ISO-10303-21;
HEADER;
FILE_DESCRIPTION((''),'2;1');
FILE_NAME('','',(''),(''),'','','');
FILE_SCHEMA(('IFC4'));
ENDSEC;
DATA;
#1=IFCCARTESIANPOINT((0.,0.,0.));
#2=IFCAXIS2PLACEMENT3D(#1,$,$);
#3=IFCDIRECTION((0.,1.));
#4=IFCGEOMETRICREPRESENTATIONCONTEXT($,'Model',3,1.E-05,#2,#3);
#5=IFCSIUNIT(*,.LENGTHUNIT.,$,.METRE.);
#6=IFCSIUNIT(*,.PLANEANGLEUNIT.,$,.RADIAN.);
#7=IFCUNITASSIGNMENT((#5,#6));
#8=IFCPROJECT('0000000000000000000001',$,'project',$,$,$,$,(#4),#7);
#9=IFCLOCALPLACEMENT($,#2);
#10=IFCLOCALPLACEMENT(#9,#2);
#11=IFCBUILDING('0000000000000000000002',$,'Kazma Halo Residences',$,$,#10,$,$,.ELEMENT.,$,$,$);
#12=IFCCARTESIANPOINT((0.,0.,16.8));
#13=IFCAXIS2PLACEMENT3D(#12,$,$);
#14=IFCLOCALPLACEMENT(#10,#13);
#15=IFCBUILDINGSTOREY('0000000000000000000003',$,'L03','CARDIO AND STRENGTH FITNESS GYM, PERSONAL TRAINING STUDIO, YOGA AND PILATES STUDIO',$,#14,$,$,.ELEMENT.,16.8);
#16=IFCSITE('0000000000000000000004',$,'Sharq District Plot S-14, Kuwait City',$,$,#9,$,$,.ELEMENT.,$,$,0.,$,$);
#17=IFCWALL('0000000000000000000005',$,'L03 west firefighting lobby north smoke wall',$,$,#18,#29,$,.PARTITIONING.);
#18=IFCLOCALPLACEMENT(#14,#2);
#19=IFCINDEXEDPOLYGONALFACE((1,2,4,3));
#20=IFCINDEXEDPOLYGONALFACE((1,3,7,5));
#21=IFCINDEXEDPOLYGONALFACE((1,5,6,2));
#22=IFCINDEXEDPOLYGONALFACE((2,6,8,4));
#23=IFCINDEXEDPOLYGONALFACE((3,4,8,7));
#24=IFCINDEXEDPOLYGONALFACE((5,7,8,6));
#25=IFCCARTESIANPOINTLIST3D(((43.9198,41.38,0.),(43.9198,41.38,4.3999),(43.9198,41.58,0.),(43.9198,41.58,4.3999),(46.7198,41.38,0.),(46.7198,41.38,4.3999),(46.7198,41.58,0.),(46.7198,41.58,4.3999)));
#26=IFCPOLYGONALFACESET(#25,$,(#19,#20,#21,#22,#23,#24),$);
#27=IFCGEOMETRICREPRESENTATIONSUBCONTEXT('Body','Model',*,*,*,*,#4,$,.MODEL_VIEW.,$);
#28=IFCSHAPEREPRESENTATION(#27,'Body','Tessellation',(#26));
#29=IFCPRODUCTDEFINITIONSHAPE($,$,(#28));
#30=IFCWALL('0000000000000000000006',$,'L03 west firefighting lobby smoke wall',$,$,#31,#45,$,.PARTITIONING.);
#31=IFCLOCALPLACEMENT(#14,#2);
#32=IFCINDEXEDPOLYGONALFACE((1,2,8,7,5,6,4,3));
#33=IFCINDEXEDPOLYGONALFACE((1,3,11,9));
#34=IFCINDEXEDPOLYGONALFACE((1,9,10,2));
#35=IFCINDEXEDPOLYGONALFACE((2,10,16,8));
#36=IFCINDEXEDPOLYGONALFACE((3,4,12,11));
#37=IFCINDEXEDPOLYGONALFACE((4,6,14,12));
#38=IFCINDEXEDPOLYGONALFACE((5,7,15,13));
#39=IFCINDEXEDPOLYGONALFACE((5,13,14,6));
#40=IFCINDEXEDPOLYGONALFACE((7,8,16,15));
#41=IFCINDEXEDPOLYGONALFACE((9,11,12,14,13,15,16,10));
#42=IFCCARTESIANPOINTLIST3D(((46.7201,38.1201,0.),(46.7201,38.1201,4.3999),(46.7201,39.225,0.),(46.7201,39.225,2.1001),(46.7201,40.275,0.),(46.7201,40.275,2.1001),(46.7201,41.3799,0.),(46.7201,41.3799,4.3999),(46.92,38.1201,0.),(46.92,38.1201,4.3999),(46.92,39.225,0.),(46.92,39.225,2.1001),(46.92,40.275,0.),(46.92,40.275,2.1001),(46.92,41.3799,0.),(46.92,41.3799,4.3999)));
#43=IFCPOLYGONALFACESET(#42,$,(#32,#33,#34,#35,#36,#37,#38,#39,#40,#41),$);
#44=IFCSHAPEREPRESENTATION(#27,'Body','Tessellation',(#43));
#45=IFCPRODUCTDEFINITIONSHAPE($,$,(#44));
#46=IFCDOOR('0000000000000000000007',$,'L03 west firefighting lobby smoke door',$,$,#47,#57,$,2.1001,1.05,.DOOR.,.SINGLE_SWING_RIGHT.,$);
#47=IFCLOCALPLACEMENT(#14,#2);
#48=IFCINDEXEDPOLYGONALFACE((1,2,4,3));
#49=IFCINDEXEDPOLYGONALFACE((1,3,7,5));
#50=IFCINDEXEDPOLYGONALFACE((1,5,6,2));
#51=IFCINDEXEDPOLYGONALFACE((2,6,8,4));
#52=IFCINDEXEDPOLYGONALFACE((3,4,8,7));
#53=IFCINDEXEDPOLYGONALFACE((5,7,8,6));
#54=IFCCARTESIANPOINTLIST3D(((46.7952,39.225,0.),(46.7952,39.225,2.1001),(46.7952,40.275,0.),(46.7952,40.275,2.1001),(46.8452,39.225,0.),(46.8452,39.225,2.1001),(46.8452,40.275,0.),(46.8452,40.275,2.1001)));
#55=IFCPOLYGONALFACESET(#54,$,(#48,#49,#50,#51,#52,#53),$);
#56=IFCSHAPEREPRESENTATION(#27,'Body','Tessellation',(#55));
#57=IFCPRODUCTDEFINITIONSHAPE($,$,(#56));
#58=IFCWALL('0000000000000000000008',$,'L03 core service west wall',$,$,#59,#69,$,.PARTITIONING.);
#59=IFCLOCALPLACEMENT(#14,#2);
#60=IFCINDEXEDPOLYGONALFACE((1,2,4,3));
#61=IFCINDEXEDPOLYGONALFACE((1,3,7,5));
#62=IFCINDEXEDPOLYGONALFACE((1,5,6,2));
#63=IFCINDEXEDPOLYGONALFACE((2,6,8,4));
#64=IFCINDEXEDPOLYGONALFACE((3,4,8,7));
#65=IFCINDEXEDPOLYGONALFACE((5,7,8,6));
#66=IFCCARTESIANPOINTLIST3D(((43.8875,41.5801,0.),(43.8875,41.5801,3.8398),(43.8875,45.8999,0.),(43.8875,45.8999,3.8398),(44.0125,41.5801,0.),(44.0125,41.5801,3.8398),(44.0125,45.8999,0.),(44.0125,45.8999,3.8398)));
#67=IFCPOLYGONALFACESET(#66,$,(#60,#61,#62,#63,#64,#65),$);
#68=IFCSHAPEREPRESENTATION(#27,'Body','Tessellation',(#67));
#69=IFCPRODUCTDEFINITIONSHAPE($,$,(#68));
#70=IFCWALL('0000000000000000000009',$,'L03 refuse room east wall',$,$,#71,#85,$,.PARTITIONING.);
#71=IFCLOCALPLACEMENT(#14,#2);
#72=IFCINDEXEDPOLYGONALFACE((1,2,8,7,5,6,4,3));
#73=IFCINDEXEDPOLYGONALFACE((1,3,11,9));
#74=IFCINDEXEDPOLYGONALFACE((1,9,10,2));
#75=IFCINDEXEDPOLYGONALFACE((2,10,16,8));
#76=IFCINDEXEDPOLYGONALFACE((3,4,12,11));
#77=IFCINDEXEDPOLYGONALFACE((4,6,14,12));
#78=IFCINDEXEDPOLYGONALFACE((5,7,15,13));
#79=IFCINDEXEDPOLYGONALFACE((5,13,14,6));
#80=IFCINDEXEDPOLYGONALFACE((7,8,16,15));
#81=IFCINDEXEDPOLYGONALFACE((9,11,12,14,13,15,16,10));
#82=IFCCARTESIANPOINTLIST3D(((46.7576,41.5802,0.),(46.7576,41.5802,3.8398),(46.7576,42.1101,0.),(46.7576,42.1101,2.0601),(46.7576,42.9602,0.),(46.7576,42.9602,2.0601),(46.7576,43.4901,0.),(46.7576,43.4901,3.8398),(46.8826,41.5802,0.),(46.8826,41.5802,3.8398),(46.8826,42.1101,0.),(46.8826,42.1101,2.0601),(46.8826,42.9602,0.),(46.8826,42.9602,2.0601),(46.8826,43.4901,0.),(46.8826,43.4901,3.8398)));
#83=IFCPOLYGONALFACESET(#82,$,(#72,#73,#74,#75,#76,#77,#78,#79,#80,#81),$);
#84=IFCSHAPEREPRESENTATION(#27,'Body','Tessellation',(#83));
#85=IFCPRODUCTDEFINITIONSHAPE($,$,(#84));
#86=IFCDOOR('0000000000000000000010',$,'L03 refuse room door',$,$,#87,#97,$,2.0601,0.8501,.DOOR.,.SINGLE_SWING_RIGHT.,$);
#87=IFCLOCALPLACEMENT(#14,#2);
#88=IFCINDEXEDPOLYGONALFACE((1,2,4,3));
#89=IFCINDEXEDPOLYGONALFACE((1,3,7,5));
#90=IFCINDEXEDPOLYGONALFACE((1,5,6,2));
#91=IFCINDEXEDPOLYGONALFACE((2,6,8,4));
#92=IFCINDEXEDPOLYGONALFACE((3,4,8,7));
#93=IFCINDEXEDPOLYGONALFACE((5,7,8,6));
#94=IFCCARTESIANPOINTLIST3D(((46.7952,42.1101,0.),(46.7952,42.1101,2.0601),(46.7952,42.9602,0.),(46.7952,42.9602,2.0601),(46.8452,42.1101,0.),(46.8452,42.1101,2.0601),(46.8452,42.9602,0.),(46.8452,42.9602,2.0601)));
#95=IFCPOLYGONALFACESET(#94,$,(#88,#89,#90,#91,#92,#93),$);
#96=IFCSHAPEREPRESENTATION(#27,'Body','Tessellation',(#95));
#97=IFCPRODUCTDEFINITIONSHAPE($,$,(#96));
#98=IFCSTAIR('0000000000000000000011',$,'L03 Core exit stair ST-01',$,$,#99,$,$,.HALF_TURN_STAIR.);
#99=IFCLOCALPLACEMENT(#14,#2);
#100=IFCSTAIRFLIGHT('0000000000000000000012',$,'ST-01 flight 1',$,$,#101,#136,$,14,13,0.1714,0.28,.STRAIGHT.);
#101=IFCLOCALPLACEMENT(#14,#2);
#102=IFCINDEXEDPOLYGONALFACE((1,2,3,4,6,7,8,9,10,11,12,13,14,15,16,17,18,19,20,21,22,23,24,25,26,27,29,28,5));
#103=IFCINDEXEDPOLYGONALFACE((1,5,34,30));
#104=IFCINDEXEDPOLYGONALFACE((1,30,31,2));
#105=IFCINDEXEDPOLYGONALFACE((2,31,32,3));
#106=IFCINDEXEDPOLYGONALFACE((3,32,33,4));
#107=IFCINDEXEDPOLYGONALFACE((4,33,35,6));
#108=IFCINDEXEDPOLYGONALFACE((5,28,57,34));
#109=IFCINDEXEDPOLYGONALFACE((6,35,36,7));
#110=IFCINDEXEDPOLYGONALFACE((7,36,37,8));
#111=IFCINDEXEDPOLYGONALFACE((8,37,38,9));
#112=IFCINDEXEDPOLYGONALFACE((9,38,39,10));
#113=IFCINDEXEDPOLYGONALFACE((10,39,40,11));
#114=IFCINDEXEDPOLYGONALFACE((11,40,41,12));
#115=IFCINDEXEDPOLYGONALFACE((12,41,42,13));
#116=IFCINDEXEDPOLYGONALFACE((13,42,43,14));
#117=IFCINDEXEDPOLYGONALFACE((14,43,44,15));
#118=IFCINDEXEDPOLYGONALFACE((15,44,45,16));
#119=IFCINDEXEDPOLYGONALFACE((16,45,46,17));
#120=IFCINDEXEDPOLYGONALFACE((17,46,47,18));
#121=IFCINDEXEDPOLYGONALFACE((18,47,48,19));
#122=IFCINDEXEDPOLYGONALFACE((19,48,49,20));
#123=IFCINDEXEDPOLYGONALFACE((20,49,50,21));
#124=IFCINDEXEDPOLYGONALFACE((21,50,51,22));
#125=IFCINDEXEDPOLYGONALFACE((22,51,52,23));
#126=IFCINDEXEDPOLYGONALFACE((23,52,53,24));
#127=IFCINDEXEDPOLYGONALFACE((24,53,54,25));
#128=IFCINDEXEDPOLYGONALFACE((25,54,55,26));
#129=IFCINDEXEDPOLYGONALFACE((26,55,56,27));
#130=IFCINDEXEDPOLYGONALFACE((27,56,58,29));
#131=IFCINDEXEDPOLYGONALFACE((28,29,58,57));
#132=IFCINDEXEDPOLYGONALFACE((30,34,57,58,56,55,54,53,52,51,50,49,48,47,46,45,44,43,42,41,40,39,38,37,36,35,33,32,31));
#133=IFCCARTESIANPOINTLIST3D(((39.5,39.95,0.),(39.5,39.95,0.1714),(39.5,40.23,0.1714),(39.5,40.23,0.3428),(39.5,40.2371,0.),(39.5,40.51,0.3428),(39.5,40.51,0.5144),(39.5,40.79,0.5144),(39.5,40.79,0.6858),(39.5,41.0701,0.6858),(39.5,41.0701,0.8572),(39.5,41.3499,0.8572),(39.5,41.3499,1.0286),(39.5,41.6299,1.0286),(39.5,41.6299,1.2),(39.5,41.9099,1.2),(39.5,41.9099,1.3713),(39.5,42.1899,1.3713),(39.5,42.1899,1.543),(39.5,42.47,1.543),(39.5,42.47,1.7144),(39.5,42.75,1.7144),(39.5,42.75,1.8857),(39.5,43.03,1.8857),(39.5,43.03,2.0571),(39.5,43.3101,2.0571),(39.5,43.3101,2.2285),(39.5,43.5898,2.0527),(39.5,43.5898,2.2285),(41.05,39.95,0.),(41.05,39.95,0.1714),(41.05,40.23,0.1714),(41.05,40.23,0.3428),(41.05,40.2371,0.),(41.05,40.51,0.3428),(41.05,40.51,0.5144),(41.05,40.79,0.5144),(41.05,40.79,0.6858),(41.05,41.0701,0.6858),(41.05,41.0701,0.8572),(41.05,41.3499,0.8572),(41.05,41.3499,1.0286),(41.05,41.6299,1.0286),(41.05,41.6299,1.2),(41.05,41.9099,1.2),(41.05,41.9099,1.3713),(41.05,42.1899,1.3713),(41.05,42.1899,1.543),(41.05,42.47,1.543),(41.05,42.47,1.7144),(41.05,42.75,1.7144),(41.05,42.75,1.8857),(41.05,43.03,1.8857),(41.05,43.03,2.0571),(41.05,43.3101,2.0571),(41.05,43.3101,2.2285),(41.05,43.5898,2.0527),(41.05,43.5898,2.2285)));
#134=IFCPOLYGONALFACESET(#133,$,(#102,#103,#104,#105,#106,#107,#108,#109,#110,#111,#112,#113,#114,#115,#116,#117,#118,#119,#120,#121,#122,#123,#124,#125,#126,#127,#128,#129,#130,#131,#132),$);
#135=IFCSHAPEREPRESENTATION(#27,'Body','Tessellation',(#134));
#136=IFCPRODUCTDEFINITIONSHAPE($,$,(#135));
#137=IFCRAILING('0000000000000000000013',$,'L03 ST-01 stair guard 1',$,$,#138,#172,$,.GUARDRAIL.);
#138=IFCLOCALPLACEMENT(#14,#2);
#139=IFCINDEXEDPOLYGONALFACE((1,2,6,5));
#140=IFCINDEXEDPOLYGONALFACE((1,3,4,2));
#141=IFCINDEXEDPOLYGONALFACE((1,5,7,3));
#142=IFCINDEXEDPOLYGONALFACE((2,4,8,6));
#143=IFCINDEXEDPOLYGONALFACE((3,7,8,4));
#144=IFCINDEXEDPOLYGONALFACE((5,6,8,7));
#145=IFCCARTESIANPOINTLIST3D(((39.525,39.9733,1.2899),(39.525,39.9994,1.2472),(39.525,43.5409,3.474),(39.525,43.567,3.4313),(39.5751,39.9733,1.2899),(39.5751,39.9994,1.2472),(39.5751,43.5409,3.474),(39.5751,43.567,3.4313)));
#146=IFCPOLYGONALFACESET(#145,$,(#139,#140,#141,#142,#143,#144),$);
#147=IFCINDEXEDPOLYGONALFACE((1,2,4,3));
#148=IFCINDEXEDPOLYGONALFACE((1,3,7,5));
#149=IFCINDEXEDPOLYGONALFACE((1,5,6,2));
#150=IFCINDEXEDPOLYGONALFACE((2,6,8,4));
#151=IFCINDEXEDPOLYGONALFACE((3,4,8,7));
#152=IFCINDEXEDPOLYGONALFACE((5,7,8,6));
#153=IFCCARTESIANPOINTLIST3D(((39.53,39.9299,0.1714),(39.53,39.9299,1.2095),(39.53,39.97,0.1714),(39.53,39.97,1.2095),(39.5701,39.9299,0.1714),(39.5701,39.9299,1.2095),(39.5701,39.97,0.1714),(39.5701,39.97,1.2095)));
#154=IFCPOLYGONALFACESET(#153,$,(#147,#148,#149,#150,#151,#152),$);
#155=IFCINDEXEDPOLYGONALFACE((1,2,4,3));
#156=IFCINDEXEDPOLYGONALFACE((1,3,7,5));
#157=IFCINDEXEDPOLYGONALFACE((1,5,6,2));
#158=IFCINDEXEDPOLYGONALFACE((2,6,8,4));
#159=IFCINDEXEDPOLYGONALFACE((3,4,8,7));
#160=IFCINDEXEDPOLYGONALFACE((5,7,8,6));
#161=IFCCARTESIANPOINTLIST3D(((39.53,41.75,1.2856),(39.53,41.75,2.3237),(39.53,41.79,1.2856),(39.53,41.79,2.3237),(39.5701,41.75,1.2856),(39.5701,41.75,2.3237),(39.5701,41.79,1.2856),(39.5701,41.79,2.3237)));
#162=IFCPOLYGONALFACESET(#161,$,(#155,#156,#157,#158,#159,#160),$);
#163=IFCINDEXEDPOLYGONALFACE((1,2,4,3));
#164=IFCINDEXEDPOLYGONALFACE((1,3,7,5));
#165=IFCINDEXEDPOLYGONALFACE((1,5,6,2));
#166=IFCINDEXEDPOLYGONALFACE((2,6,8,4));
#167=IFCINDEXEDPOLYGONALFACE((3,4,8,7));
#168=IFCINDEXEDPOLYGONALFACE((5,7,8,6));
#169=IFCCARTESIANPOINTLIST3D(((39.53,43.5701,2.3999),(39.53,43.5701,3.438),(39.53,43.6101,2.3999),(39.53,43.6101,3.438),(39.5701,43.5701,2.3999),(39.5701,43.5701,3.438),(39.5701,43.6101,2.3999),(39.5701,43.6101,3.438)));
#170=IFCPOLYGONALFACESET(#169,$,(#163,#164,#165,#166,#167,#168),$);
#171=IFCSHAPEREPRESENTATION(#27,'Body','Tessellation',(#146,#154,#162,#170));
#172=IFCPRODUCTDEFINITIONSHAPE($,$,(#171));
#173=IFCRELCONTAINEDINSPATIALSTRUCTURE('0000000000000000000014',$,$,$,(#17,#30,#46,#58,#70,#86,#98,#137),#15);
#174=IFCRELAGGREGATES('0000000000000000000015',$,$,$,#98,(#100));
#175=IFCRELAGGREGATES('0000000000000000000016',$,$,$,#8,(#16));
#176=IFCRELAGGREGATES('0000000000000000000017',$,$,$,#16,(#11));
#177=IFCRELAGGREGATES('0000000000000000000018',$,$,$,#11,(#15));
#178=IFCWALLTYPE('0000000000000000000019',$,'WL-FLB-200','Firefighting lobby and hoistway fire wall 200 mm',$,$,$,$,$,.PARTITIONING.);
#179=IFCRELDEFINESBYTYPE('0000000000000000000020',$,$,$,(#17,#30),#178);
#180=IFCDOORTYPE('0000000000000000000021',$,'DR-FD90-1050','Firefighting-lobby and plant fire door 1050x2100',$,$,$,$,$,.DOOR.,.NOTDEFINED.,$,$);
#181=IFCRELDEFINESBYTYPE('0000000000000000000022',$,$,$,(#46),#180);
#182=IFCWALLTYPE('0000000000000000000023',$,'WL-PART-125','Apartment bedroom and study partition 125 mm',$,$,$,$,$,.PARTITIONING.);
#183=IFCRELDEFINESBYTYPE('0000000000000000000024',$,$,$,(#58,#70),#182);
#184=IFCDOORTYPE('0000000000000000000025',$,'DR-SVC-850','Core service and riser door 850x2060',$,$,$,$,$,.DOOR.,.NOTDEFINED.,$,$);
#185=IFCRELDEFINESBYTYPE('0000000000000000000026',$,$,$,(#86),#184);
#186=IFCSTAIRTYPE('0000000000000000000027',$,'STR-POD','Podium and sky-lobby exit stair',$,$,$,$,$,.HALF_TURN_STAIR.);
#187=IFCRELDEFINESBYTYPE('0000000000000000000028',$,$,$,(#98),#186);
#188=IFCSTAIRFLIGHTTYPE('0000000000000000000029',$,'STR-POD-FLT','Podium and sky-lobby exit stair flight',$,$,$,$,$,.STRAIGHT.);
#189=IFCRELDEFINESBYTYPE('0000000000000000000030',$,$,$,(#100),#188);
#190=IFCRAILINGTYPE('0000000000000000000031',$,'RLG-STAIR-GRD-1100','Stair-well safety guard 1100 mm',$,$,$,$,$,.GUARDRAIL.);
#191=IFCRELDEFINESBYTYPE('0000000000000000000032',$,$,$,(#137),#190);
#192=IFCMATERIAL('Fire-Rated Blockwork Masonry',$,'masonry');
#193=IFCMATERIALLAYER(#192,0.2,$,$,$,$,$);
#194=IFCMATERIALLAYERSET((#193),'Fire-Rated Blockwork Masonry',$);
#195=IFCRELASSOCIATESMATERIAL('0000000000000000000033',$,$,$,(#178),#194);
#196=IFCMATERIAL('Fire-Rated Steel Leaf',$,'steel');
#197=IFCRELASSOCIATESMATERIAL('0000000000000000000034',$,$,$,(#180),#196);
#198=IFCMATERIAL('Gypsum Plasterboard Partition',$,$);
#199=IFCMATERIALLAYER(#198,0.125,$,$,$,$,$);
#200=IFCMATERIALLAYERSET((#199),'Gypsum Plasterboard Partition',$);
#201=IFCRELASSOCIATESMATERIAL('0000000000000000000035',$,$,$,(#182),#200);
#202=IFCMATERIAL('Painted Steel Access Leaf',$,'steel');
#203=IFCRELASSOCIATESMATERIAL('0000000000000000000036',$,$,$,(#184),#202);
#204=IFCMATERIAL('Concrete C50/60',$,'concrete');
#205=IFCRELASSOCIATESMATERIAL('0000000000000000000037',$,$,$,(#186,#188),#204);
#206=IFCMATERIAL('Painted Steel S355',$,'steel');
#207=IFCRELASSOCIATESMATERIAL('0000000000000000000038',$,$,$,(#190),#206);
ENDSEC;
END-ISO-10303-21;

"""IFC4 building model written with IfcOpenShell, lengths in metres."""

from ifc_helpers import new_model, si_unit, direction, frame, frame_2d, origin, origin_2d, place, context, subcontext, project, spatial, polyline, rectangle, outline, extrude, material, layer, layer_set, type_object, element, fill, aggregate, save


model = new_model("IFC4")

# Units and contexts
model_context = context("Model", 3, precision=1e-05, world=origin(), true_north=direction((0.0, 1.0)))
body_context = subcontext(model_context, "Body", "Model", "MODEL_VIEW")
ifc_project = project(units=[si_unit("LENGTHUNIT", "METRE"), si_unit("PLANEANGLEUNIT", "RADIAN")], contexts=[model_context])

# Site, building, storey
site_placement = place(None, origin())
site = spatial("IfcSite", under=ifc_project, at=site_placement, Name="Sharq District Plot S-14, Kuwait City", CompositionType="ELEMENT", RefElevation=0.0)
building_placement = place(site_placement, origin())
building = spatial("IfcBuilding", under=site, at=building_placement, Name="Kazma Halo Residences", CompositionType="ELEMENT")
storey_placement = place(building_placement, frame((0.0, 0.0, 16.8)))
storey = spatial("IfcBuildingStorey", under=building, at=storey_placement, Name="L03", Description="CARDIO AND STRENGTH FITNESS GYM, PERSONAL TRAINING STUDIO, YOGA AND PILATES STUDIO", CompositionType="ELEMENT", Elevation=16.8)

# Shared definitions
ifc_material_1 = material(Name="Fire-Rated Blockwork Masonry", Category="masonry")
ifc_layer_1 = layer(ifc_material_1, 0.2)
ifc_layer_set_1 = layer_set([ifc_layer_1], Name="Fire-Rated Blockwork Masonry")
wall_type_1 = type_object("IfcWallType", Name="WL-FLB-200", Description="Firefighting lobby and hoistway fire wall 200 mm", PredefinedType="PARTITIONING", material=ifc_layer_set_1)

# Wall
wall_1_placement = place(storey_placement, frame((43.9199, 41.48, 0.0), z_axis=(0.0, 0.0, 1.0), x_axis=(1.0, 0.0, 0.0)))
element("IfcWall", 1, at=wall_1_placement, inside=storey, type_object=wall_type_1, Name="L03 west firefighting lobby north smoke wall", PredefinedType="PARTITIONING", context=body_context, shape_type="SweptSolid", body=[
    extrude(rectangle(XDim=2.8, YDim=0.2, at=frame_2d((1.3999, 0.0))), origin(), (0.0, 0.0, 1.0), 4.3999),
])

# Wall, opening, door
wall_2_placement = place(storey_placement, frame((46.8201, 38.1201, 0.0), z_axis=(0.0, 0.0, 1.0), x_axis=(0.0, 1.0, 0.0)))
wall_2 = element("IfcWall", 2, at=wall_2_placement, inside=storey, type_object=wall_type_1, Name="L03 west firefighting lobby smoke wall", PredefinedType="PARTITIONING", context=body_context, shape_type="SweptSolid", body=[
    extrude(rectangle(XDim=3.2598, YDim=0.2, at=frame_2d((1.6299, 0.0))), origin(), (0.0, 0.0, 1.0), 4.3999),
])
opening_1_placement = place(wall_2_placement, frame((1.105, 0.0, 0.0)))
opening_1 = element("IfcOpeningElement", 3, at=opening_1_placement, cuts=wall_2, PredefinedType="OPENING", context=body_context, shape_type="SweptSolid", body=[
    extrude(rectangle(XDim=1.05, YDim=2.1001, at=frame_2d((0.5249, 1.05))), frame((0.0, 0.1099, 0.0), z_axis=(0.0, -1.0, 0.0), x_axis=(1.0, 0.0, 0.0)), (0.0, 0.0, 1.0), 0.22),
])
ifc_material_2 = material(Name="Fire-Rated Steel Leaf", Category="steel")
door_type_1 = type_object("IfcDoorType", Name="DR-FD90-1050", Description="Firefighting-lobby and plant fire door 1050x2100", OperationType="NOTDEFINED", PredefinedType="DOOR", material=ifc_material_2)
door_1_placement = place(opening_1_placement, origin())
door_1 = element("IfcDoor", 4, at=door_1_placement, inside=storey, type_object=door_type_1, Name="L03 west firefighting lobby smoke door", OperationType="SINGLE_SWING_RIGHT", OverallHeight=2.1001, OverallWidth=1.05, PredefinedType="DOOR", context=body_context, shape_type="SweptSolid", body=[
    extrude(rectangle(XDim=1.05, YDim=2.1001, at=frame_2d((0.5249, 1.05))), frame((0.0, 0.0249, 0.0), z_axis=(0.0, -1.0, 0.0), x_axis=(1.0, 0.0, 0.0)), (0.0, 0.0, 1.0), 0.05),
])
fill(opening_1, door_1)

# Wall
ifc_material_3 = material(Name="Gypsum Plasterboard Partition")
ifc_layer_2 = layer(ifc_material_3, 0.125)
ifc_layer_set_2 = layer_set([ifc_layer_2], Name="Gypsum Plasterboard Partition")
wall_type_2 = type_object("IfcWallType", Name="WL-PART-125", Description="Apartment bedroom and study partition 125 mm", PredefinedType="PARTITIONING", material=ifc_layer_set_2)
wall_3_placement = place(storey_placement, frame((43.95, 41.5801, 0.0), z_axis=(0.0, 0.0, 1.0), x_axis=(0.0, 1.0, 0.0)))
element("IfcWall", 5, at=wall_3_placement, inside=storey, type_object=wall_type_2, Name="L03 core service west wall", PredefinedType="PARTITIONING", context=body_context, shape_type="SweptSolid", body=[
    extrude(rectangle(XDim=4.3198, YDim=0.125, at=frame_2d((2.1599, 0.0))), origin(), (0.0, 0.0, 1.0), 3.8398),
])

# Wall, opening, door
wall_4_placement = place(storey_placement, frame((46.8201, 41.5801, 0.0), z_axis=(0.0, 0.0, 1.0), x_axis=(0.0, 1.0, 0.0)))
wall_4 = element("IfcWall", 6, at=wall_4_placement, inside=storey, type_object=wall_type_2, Name="L03 refuse room east wall", PredefinedType="PARTITIONING", context=body_context, shape_type="SweptSolid", body=[
    extrude(rectangle(XDim=1.9099, YDim=0.125, at=frame_2d((0.9551, 0.0))), origin(), (0.0, 0.0, 1.0), 3.8398),
])
opening_2_placement = place(wall_4_placement, frame((0.53, 0.0, 0.0)))
opening_2 = element("IfcOpeningElement", 7, at=opening_2_placement, cuts=wall_4, PredefinedType="OPENING", context=body_context, shape_type="SweptSolid", body=[
    extrude(rectangle(XDim=0.8501, YDim=2.0601, at=frame_2d((0.425, 1.03))), frame((0.0, 0.0725, 0.0), z_axis=(0.0, -1.0, 0.0), x_axis=(1.0, 0.0, 0.0)), (0.0, 0.0, 1.0), 0.145),
])
ifc_material_4 = material(Name="Painted Steel Access Leaf", Category="steel")
door_type_2 = type_object("IfcDoorType", Name="DR-SVC-850", Description="Core service and riser door 850x2060", OperationType="NOTDEFINED", PredefinedType="DOOR", material=ifc_material_4)
door_2_placement = place(opening_2_placement, origin())
door_2 = element("IfcDoor", 8, at=door_2_placement, inside=storey, type_object=door_type_2, Name="L03 refuse room door", OperationType="SINGLE_SWING_RIGHT", OverallHeight=2.0601, OverallWidth=0.8501, PredefinedType="DOOR", context=body_context, shape_type="SweptSolid", body=[
    extrude(rectangle(XDim=0.8501, YDim=2.0601, at=frame_2d((0.425, 1.03))), frame((0.0, 0.0249, 0.0), z_axis=(0.0, -1.0, 0.0), x_axis=(1.0, 0.0, 0.0)), (0.0, 0.0, 1.0), 0.05),
])
fill(opening_2, door_2)
ifc_material_5 = material(Name="Concrete C50/60", Category="concrete")

# Stair, stair flight
stair_type = type_object("IfcStairType", Name="STR-POD", Description="Podium and sky-lobby exit stair", PredefinedType="HALF_TURN_STAIR", material=ifc_material_5)
stair_placement = place(storey_placement, origin())
stair = element("IfcStair", 9, at=stair_placement, inside=storey, type_object=stair_type, Name="L03 Core exit stair ST-01", PredefinedType="HALF_TURN_STAIR")
stair_flight_type = type_object("IfcStairFlightType", Name="STR-POD-FLT", Description="Podium and sky-lobby exit stair flight", PredefinedType="STRAIGHT", material=ifc_material_5)
stair_flight_placement = place(storey_placement, frame((40.2749, 39.95, 0.0), z_axis=(0.0, 0.0, 1.0), x_axis=(0.0, 1.0, 0.0)))
stair_flight = element("IfcStairFlight", 10, at=stair_flight_placement, type_object=stair_flight_type, Name="ST-01 flight 1", NumberOfRisers=14, NumberOfTreads=13, PredefinedType="STRAIGHT", RiserHeight=0.1714, TreadLength=0.28, context=body_context, shape_type="SweptSolid", body=[
    extrude(outline(polyline([(0.0, 0.0), (0.0, 0.1714), (0.28, 0.1714), (0.28, 0.3428), (0.5601, 0.3428), (0.5601, 0.5144), (0.8401, 0.5144), (0.8401, 0.6858), (1.1201, 0.6858), (1.1201, 0.8572), (1.3999, 0.8572), (1.3999, 1.0286), (1.6799, 1.0286), (1.6799, 1.2), (1.96, 1.2), (1.96, 1.3713), (2.24, 1.3713), (2.24, 1.543), (2.52, 1.543), (2.52, 1.7144), (2.8, 1.7144), (2.8, 1.8857), (3.0801, 1.8857), (3.0801, 2.0571), (3.3601, 2.0571), (3.3601, 2.2285), (3.6399, 2.2285), (3.6399, 2.3999), (3.6399, 2.0527), (0.2871, 0.0), (0.0, 0.0)])), frame((0.0, 0.7749, 0.0), z_axis=(0.0, -1.0, 0.0), x_axis=(1.0, 0.0, 0.0)), (0.0, 0.0, 1.0), 1.55),
])
aggregate(stair, [stair_flight])

# Railing
ifc_material_6 = material(Name="Painted Steel S355", Category="steel")
railing_type_1 = type_object("IfcRailingType", Name="RLG-STAIR-GRD-1100", Description="Stair-well safety guard 1100 mm", PredefinedType="GUARDRAIL", material=ifc_material_6)
railing_1_placement = place(storey_placement, frame((39.55, 39.95, 0.1714)))
element("IfcRailing", 11, at=railing_1_placement, inside=storey, type_object=railing_type_1, Name="L03 ST-01 stair guard 1", PredefinedType="GUARDRAIL", context=body_context, shape_type="SweptSolid", body=[
    extrude(rectangle(XDim=0.05, YDim=0.05, at=origin_2d()), frame((0.0, 0.0364, 1.0972), z_axis=(0.0, 0.852866, 0.52213), x_axis=(-1.0, 0.0, 0.0)), (0.0, 0.0, 1.0), 4.1831),
    extrude(rectangle(XDim=0.04, YDim=0.04, at=origin_2d()), origin(), (0.0, 0.0, 1.0), 1.0381),
    extrude(rectangle(XDim=0.04, YDim=0.04, at=origin_2d()), frame((0.0, 1.8201, 1.1143)), (0.0, 0.0, 1.0), 1.0381),
    extrude(rectangle(XDim=0.04, YDim=0.04, at=origin_2d()), frame((0.0, 3.6401, 2.2285)), (0.0, 0.0, 1.0), 1.0381),
])

save(model, "model.ifc")
